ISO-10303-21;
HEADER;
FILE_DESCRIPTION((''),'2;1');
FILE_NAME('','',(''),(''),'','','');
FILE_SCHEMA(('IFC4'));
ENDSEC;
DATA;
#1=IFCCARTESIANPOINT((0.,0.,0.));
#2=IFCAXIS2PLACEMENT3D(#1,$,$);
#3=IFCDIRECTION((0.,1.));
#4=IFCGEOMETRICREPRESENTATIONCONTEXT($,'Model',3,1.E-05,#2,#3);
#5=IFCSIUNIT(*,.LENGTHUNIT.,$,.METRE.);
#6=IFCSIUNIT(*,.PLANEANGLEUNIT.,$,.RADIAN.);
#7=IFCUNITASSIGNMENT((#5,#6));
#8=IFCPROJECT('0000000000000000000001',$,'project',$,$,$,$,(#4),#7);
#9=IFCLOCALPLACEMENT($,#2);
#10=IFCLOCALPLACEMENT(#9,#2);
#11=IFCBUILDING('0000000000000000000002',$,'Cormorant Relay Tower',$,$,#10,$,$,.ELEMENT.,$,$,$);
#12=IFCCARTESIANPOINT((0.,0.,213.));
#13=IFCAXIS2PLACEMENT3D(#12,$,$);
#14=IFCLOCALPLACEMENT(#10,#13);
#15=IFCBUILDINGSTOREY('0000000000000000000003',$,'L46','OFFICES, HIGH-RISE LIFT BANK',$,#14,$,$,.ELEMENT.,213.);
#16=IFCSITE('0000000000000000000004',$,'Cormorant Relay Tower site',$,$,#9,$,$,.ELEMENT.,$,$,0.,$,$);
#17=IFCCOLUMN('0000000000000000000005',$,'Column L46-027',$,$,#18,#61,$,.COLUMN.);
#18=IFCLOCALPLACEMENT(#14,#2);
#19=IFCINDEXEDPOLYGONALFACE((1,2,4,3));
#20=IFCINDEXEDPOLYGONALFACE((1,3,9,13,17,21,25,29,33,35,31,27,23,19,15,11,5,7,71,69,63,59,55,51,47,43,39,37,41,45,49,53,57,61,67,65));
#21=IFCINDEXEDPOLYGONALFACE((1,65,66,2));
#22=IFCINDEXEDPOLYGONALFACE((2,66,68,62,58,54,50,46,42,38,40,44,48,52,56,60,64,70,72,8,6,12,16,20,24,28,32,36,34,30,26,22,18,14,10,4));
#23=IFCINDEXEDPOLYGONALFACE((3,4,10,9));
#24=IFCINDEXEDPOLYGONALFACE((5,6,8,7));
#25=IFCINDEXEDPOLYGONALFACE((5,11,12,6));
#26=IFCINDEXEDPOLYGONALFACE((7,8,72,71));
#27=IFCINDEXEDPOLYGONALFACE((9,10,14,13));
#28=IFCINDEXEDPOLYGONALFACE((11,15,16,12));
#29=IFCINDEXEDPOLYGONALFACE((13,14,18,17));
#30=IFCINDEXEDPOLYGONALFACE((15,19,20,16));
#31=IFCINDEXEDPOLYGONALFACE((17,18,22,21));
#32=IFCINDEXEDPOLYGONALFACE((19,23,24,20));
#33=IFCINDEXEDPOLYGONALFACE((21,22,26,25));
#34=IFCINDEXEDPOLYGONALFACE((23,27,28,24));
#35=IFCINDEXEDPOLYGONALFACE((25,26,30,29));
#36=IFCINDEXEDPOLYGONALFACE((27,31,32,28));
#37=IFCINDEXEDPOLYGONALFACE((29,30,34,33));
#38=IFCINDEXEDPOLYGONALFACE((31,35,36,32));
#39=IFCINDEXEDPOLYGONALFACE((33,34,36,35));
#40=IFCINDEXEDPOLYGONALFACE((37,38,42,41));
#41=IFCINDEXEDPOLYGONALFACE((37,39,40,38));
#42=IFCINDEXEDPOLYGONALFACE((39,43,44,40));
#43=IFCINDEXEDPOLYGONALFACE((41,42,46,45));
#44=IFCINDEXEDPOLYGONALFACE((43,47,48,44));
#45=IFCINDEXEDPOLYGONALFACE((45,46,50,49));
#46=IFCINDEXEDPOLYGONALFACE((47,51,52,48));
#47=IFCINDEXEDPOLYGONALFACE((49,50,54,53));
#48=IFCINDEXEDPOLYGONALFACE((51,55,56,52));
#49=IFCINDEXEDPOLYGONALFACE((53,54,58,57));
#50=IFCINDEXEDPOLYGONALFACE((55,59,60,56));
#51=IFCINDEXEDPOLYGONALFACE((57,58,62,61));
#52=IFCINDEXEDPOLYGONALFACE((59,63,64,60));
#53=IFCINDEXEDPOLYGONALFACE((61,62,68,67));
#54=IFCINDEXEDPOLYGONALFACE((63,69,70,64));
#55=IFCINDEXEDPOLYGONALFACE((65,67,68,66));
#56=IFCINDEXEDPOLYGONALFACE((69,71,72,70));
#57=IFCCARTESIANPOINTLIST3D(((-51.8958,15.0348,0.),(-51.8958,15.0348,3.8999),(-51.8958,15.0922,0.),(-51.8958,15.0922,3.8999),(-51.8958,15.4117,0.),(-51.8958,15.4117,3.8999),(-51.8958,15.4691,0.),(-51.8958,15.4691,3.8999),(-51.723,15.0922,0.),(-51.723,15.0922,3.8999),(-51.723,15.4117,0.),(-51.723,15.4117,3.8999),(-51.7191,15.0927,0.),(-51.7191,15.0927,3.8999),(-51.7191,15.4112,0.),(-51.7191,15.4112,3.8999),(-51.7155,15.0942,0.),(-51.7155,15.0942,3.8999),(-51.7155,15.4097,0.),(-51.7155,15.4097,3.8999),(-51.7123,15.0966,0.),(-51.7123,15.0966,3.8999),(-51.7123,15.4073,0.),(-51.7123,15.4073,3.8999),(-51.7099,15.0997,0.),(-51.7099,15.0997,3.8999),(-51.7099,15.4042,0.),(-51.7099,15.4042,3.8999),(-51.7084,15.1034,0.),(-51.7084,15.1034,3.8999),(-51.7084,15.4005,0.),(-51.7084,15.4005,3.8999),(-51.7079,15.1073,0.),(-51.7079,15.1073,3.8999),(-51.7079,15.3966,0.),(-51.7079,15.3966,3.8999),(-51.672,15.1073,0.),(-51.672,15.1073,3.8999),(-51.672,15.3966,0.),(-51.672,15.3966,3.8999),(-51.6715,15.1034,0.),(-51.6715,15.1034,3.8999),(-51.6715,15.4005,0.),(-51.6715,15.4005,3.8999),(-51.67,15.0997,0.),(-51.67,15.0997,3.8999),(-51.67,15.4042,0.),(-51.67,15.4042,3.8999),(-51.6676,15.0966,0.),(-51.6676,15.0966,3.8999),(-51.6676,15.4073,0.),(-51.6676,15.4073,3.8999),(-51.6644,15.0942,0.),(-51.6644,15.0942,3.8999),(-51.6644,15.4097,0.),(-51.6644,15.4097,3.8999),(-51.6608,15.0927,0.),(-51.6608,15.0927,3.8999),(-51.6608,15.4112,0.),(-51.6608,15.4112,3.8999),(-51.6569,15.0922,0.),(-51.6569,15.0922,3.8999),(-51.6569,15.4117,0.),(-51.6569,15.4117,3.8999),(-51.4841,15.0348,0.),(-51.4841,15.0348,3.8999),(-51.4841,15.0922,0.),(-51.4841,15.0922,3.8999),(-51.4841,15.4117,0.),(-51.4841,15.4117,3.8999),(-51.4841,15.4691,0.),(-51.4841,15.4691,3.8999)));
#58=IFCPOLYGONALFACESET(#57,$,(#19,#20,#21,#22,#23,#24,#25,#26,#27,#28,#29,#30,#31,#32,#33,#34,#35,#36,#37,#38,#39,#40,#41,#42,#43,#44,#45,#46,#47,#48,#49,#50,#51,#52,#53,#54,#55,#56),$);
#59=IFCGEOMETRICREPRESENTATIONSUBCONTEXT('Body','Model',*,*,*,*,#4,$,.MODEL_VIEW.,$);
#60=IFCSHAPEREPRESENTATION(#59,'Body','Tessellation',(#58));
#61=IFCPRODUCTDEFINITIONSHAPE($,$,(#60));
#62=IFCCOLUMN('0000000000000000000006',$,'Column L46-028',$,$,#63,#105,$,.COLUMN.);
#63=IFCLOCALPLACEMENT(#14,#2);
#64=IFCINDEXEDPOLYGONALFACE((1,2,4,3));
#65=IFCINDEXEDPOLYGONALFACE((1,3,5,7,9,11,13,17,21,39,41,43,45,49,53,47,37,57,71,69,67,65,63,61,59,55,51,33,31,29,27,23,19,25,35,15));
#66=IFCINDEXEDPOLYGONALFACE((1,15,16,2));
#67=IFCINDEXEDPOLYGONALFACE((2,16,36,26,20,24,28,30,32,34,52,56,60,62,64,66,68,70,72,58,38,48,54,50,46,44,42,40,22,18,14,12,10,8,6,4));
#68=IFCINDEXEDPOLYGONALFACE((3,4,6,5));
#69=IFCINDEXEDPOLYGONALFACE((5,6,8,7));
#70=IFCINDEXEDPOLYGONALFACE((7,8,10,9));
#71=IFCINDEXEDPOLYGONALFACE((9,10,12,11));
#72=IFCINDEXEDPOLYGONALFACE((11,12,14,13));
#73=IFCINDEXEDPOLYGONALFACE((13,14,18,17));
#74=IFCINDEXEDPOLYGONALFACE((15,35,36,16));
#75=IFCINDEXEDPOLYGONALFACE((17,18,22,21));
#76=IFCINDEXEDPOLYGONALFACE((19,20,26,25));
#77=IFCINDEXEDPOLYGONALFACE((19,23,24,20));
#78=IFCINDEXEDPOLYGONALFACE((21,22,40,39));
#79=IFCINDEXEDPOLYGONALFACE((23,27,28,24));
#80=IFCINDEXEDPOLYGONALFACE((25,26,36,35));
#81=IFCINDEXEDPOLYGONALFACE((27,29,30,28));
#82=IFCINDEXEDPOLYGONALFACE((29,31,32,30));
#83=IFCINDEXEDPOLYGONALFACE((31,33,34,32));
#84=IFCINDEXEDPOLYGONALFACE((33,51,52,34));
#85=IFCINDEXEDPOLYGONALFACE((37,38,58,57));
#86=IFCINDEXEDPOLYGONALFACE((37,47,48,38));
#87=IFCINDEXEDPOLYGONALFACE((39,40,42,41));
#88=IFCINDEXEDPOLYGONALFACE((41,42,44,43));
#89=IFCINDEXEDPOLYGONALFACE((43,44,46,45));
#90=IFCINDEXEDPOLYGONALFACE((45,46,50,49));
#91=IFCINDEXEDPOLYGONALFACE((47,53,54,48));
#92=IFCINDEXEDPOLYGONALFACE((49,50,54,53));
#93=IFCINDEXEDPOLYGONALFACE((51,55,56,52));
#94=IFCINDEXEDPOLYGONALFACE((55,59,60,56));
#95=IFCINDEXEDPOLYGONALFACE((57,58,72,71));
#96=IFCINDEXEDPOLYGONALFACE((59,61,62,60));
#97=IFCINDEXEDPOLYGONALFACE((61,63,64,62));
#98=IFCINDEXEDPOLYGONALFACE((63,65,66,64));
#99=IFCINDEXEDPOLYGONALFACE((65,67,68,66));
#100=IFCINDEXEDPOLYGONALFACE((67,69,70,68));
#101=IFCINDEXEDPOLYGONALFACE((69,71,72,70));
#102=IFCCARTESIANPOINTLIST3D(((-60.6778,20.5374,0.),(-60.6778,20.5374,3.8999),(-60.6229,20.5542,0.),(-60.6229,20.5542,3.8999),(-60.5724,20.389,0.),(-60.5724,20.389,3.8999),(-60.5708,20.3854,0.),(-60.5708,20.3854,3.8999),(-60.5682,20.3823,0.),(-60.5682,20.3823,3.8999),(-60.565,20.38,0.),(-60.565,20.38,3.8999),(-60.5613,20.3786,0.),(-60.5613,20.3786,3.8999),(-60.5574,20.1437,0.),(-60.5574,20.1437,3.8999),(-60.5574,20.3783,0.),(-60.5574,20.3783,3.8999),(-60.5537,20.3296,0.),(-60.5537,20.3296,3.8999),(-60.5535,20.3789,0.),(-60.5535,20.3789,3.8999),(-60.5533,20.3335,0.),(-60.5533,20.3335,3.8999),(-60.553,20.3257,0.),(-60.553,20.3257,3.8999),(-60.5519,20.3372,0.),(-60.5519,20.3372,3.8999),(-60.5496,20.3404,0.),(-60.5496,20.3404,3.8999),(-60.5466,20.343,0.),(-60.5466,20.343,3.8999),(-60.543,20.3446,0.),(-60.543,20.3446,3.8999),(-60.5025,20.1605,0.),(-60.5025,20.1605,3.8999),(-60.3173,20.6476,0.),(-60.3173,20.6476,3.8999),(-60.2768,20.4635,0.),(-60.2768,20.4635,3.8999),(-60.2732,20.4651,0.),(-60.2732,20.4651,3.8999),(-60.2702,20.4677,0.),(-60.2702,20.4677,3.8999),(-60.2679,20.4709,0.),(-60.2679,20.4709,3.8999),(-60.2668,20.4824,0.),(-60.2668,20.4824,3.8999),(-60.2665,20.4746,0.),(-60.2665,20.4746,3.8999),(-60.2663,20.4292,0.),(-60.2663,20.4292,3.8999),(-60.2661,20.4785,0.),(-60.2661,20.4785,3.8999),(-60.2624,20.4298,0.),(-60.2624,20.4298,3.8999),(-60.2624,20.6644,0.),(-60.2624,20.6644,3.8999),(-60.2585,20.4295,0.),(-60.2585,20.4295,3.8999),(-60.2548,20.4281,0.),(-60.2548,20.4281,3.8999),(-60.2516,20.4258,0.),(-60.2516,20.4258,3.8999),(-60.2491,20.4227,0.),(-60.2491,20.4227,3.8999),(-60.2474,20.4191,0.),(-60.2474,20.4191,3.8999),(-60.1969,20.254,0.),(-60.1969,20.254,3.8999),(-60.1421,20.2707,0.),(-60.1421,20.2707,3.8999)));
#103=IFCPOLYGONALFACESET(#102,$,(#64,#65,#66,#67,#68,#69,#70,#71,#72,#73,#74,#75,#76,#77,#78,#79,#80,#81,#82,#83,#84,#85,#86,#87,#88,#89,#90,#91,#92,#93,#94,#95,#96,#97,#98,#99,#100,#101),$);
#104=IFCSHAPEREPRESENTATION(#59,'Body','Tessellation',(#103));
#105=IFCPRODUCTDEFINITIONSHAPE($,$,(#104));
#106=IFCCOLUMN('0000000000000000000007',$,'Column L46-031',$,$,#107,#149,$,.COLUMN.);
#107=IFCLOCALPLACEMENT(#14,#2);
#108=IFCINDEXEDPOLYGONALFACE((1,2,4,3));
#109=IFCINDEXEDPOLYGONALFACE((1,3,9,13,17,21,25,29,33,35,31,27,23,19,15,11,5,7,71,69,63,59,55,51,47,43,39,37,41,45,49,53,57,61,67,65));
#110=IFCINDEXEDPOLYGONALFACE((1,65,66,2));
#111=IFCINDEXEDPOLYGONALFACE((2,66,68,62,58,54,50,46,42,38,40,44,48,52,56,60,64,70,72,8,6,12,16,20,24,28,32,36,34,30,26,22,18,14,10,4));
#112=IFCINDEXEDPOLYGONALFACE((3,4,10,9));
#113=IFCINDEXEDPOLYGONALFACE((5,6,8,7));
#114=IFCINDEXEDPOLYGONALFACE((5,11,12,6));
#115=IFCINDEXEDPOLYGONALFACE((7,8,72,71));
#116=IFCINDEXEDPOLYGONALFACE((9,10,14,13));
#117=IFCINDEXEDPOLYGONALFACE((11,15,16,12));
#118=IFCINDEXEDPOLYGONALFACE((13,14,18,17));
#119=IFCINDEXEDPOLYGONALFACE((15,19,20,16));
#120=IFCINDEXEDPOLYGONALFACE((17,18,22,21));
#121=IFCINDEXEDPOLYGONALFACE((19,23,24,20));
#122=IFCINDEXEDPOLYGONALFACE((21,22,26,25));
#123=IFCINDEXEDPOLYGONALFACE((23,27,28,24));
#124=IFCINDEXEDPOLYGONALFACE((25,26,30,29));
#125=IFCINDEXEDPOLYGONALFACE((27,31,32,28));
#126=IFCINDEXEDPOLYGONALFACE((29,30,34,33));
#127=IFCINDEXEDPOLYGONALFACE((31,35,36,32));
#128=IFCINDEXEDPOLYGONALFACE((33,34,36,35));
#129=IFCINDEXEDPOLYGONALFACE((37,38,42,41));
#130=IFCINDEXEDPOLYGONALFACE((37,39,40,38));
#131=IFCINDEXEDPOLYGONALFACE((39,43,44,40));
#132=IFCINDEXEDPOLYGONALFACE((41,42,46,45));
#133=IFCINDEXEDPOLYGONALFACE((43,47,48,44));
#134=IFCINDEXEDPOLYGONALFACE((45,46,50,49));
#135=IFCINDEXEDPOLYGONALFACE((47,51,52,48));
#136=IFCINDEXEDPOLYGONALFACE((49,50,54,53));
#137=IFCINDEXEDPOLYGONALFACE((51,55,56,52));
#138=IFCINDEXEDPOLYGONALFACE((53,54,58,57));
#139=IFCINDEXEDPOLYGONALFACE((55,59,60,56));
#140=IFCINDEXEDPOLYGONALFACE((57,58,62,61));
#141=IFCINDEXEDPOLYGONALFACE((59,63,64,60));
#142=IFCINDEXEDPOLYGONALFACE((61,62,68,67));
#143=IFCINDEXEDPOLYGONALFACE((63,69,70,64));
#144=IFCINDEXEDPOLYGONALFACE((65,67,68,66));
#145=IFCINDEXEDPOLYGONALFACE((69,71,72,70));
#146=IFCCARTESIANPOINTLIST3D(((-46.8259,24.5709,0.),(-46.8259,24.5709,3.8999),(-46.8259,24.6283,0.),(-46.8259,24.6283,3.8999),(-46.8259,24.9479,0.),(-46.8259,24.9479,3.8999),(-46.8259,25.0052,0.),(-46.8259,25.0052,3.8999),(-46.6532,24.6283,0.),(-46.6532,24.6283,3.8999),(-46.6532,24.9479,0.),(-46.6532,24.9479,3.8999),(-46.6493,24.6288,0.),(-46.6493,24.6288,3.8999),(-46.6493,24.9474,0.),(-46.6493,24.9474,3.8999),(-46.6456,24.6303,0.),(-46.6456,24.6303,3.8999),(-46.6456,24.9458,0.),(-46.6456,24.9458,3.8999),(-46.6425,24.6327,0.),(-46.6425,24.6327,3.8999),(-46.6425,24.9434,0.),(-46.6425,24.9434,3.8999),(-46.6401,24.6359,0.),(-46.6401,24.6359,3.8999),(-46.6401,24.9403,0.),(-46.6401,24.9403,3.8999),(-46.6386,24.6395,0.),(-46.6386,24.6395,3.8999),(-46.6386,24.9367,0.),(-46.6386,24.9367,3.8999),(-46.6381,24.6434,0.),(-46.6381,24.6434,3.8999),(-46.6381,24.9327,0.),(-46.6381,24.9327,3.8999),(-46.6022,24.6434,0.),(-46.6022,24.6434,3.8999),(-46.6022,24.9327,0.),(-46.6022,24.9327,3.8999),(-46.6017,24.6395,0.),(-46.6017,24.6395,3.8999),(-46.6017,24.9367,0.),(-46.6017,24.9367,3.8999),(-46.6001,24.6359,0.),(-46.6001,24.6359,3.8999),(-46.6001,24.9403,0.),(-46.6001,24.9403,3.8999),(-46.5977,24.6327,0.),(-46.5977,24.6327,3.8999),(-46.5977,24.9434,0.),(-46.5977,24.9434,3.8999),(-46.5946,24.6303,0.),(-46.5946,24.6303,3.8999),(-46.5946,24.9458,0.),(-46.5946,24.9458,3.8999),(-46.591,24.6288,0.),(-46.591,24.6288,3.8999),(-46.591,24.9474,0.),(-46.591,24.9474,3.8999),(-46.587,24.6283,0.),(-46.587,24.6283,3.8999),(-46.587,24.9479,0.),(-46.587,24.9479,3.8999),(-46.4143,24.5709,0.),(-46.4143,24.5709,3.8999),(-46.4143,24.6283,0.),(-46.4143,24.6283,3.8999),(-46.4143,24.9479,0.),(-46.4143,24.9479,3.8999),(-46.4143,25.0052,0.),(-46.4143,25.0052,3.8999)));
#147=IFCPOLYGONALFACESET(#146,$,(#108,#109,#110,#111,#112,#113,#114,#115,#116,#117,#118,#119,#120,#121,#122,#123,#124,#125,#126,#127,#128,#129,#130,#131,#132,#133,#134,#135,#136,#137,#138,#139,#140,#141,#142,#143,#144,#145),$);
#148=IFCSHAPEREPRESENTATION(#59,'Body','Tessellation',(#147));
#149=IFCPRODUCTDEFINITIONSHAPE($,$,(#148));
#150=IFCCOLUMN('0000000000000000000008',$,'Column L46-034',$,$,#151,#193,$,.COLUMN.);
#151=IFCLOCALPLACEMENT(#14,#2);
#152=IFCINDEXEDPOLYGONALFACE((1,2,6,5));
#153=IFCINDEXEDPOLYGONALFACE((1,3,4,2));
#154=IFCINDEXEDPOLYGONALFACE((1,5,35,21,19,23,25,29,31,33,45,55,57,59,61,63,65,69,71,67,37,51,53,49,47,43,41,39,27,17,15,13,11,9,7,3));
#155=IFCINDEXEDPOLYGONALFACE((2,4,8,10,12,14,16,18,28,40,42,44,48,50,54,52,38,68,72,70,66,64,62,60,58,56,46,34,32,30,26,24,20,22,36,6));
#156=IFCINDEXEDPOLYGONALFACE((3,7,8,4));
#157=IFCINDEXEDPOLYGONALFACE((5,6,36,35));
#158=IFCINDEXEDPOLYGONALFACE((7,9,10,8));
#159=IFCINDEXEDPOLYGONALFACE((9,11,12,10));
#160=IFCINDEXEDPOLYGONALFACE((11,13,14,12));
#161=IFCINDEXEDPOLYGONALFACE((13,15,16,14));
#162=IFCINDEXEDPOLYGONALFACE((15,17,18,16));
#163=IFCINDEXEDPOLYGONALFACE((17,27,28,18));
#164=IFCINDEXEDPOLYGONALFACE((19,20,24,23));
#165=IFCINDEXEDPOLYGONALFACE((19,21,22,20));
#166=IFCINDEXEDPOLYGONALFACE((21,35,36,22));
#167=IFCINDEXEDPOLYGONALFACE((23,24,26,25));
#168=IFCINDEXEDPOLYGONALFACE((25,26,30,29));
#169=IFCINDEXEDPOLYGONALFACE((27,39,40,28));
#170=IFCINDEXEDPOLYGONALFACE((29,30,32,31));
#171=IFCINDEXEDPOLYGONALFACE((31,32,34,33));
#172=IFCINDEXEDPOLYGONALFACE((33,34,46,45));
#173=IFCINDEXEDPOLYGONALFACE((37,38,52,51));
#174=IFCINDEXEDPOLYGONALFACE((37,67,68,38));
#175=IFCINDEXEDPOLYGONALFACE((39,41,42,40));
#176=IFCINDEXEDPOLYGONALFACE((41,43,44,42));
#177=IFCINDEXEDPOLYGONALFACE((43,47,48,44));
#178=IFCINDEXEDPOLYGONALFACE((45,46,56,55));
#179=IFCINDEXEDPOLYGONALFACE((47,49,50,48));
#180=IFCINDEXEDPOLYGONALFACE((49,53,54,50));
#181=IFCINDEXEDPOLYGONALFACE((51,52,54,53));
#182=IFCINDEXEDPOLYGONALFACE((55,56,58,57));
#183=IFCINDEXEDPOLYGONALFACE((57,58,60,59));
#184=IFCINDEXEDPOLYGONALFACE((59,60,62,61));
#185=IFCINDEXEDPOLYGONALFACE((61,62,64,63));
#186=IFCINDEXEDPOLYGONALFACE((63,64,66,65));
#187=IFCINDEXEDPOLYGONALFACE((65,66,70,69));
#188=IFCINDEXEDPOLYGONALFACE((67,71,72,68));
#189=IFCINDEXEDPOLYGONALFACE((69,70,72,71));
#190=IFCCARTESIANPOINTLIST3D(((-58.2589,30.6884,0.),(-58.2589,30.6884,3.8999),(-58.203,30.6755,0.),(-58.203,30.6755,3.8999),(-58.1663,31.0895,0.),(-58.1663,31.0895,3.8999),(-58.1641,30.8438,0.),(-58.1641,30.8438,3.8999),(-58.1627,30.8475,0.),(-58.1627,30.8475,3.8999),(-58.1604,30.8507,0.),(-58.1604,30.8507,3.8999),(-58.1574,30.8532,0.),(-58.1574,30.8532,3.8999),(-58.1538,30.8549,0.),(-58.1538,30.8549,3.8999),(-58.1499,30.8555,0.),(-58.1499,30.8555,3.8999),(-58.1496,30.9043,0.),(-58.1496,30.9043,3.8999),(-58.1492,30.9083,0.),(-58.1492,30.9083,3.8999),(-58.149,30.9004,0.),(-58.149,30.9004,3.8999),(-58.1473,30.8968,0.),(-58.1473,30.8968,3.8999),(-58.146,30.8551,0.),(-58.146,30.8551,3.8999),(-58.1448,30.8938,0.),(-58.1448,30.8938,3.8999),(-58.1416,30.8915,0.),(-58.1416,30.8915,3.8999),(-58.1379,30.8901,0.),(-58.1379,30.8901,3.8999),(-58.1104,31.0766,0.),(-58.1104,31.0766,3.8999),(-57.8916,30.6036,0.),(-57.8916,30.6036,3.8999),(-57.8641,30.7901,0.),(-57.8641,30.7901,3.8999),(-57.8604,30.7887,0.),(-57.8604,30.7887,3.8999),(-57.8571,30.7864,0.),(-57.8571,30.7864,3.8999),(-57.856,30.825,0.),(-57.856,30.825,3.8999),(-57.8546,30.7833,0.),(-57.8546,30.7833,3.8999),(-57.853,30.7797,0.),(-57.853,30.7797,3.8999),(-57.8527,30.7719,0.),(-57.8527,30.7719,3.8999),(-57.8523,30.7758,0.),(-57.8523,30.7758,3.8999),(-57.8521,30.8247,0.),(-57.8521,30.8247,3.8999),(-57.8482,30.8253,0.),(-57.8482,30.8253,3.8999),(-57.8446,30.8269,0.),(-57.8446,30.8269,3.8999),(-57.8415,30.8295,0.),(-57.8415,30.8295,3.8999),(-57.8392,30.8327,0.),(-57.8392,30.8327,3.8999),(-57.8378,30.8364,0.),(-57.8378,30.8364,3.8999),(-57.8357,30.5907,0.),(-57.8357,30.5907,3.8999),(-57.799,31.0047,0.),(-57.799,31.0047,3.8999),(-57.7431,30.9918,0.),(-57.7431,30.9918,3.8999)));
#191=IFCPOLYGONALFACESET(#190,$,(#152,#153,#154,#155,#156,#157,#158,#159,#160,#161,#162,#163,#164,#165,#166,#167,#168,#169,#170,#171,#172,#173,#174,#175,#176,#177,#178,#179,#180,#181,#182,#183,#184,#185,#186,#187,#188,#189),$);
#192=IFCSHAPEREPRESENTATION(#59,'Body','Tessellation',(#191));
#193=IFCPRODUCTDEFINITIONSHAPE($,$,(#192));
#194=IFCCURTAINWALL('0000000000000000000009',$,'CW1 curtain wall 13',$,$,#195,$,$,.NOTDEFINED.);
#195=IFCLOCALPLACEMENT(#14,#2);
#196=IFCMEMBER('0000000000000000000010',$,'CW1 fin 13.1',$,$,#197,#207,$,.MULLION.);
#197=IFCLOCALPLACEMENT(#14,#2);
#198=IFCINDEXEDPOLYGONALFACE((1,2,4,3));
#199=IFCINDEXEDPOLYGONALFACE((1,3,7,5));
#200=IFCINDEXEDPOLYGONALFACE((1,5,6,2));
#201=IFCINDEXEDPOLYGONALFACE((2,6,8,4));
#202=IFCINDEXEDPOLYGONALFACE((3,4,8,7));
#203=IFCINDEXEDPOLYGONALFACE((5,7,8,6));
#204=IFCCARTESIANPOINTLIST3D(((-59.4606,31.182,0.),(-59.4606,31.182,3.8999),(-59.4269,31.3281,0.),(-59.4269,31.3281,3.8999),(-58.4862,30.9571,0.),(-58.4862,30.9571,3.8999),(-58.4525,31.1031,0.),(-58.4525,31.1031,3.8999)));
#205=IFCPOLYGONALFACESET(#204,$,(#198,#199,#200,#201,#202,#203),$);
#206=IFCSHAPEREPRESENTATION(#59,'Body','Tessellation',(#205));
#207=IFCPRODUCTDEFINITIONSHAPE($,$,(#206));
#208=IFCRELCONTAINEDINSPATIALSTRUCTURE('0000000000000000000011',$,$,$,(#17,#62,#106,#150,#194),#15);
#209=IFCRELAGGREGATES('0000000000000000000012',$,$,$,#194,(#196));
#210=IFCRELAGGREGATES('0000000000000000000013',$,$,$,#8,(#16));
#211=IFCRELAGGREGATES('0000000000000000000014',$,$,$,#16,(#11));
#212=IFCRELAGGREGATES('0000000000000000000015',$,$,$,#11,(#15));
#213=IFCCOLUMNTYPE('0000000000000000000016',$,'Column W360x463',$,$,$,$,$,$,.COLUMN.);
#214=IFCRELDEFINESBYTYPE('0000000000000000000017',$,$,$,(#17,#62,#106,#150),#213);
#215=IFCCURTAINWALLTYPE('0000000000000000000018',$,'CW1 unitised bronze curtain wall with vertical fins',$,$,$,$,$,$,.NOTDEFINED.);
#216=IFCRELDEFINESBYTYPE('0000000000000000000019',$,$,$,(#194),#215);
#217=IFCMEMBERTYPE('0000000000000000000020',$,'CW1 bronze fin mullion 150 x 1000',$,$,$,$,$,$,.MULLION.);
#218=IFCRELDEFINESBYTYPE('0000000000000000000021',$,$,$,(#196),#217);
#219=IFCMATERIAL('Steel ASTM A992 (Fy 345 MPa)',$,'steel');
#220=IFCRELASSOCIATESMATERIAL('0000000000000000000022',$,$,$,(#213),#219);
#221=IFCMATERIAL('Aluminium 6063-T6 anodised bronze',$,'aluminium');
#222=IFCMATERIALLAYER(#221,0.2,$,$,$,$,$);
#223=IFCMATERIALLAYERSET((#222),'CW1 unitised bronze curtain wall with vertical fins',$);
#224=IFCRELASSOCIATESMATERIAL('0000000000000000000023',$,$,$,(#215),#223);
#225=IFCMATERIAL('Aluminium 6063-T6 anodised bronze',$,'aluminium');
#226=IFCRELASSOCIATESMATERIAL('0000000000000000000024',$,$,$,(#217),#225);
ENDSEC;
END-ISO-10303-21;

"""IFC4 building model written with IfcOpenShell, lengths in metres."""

from ifc_helpers import new_model, si_unit, direction, frame, origin, origin_2d, place, context, subcontext, project, spatial, rectangle, i_section, extrude, material, layer, layer_set, material_profile, profile_set, type_object, element, aggregate, save


model = new_model("IFC4")

# Units and contexts
model_context = context("Model", 3, precision=1e-05, world=origin(), true_north=direction((0.0, 1.0)))
body_context = subcontext(model_context, "Body", "Model", "MODEL_VIEW")
ifc_project = project(units=[si_unit("LENGTHUNIT", "METRE"), si_unit("PLANEANGLEUNIT", "RADIAN")], contexts=[model_context])

# Site, building, storey
site_placement = place(None, origin())
site = spatial("IfcSite", under=ifc_project, at=site_placement, Name="Cormorant Relay Tower site", CompositionType="ELEMENT", RefElevation=0.0)
building_placement = place(site_placement, origin())
building = spatial("IfcBuilding", under=site, at=building_placement, Name="Cormorant Relay Tower", CompositionType="ELEMENT")
storey_placement = place(building_placement, frame((0.0, 0.0, 213.0)))
storey = spatial("IfcBuildingStorey", under=building, at=storey_placement, Name="L46", Description="OFFICES, HIGH-RISE LIFT BANK", CompositionType="ELEMENT", Elevation=213.0)

# Columns
ifc_material_1 = material(Name="Steel ASTM A992 (Fy 345 MPa)", Category="steel")
ifc_material_profile_1 = material_profile(ifc_material_1, i_section(OverallWidth=0.4116, OverallDepth=0.4343, WebThickness=0.0359, FlangeThickness=0.0574, FilletRadius=0.0151, at=origin_2d()), Name="W360x463")
ifc_profile_set_1 = profile_set([ifc_material_profile_1], Name="Steel ASTM A992 (Fy 345 MPa)")
column_type = type_object("IfcColumnType", Name="Column W360x463", PredefinedType="COLUMN", material=ifc_profile_set_1)
for number, where, z_axis, x_axis, name in (
    (1, (-51.6899, 15.252, 0.0), (0.0, 0.0, 1.0), (1.0, 0.0, 0.0), "Column L46-027"),
    (2, (-60.4099, 20.4041, 0.0), (0.0, 0.0, 1.0), (0.292372, -0.956305, 0.0), "Column L46-028"),
    (3, (-46.6201, 24.7881, 0.0), (0.0, 0.0, 1.0), (1.0, 0.0, 0.0), "Column L46-031"),
    (4, (-58.001, 30.8401, 0.0), (0.0, 0.0, 1.0), (-0.224951, -0.97437, 0.0), "Column L46-034"),
):
    element("IfcColumn", number, at=place(storey_placement, frame(where, z_axis=z_axis, x_axis=x_axis)), inside=storey, type_object=column_type, Name=name, PredefinedType="COLUMN", context=body_context, shape_type="SweptSolid", body=[
        extrude(i_section(OverallWidth=0.4116, OverallDepth=0.4343, WebThickness=0.0359, FlangeThickness=0.0574, FilletRadius=0.0151, at=origin_2d()), origin(), (0.0, 0.0, 1.0), 3.8999),
    ])

# Curtain wall, member
ifc_material_2 = material(Name="Aluminium 6063-T6 anodised bronze", Category="aluminium")
ifc_layer_1 = layer(ifc_material_2, 0.2)
ifc_layer_set_1 = layer_set([ifc_layer_1], Name="CW1 unitised bronze curtain wall with vertical fins")
curtain_wall_type = type_object("IfcCurtainWallType", Name="CW1 unitised bronze curtain wall with vertical fins", PredefinedType="NOTDEFINED", material=ifc_layer_set_1)
curtain_wall_1_placement = place(storey_placement, origin())
curtain_wall_1 = element("IfcCurtainWall", 5, at=curtain_wall_1_placement, inside=storey, type_object=curtain_wall_type, Name="CW1 curtain wall 13", PredefinedType="NOTDEFINED")
ifc_material_3 = material(Name="Aluminium 6063-T6 anodised bronze", Category="aluminium")
ifc_material_profile_2 = material_profile(ifc_material_3, rectangle(XDim=0.1499, YDim=1.0, at=origin_2d()), Name="AL 150x1000")
ifc_profile_set_2 = profile_set([ifc_material_profile_2], Name="Aluminium 6063-T6 anodised bronze")
member_type_1 = type_object("IfcMemberType", Name="CW1 bronze fin mullion 150 x 1000", PredefinedType="MULLION", material=ifc_profile_set_2)
member_1_placement = place(storey_placement, frame((-58.9565, 31.1426, 0.0), z_axis=(0.0, 0.0, 1.0), x_axis=(-0.224951, -0.97437, 0.0)))
member_1 = element("IfcMember", 6, at=member_1_placement, type_object=member_type_1, Name="CW1 fin 13.1", PredefinedType="MULLION", context=body_context, shape_type="SweptSolid", body=[
    extrude(rectangle(XDim=0.1499, YDim=1.0, at=origin_2d()), origin(), (0.0, 0.0, 1.0), 3.8999),
])

aggregate(curtain_wall_1, [member_1])

save(model, "model.ifc")
